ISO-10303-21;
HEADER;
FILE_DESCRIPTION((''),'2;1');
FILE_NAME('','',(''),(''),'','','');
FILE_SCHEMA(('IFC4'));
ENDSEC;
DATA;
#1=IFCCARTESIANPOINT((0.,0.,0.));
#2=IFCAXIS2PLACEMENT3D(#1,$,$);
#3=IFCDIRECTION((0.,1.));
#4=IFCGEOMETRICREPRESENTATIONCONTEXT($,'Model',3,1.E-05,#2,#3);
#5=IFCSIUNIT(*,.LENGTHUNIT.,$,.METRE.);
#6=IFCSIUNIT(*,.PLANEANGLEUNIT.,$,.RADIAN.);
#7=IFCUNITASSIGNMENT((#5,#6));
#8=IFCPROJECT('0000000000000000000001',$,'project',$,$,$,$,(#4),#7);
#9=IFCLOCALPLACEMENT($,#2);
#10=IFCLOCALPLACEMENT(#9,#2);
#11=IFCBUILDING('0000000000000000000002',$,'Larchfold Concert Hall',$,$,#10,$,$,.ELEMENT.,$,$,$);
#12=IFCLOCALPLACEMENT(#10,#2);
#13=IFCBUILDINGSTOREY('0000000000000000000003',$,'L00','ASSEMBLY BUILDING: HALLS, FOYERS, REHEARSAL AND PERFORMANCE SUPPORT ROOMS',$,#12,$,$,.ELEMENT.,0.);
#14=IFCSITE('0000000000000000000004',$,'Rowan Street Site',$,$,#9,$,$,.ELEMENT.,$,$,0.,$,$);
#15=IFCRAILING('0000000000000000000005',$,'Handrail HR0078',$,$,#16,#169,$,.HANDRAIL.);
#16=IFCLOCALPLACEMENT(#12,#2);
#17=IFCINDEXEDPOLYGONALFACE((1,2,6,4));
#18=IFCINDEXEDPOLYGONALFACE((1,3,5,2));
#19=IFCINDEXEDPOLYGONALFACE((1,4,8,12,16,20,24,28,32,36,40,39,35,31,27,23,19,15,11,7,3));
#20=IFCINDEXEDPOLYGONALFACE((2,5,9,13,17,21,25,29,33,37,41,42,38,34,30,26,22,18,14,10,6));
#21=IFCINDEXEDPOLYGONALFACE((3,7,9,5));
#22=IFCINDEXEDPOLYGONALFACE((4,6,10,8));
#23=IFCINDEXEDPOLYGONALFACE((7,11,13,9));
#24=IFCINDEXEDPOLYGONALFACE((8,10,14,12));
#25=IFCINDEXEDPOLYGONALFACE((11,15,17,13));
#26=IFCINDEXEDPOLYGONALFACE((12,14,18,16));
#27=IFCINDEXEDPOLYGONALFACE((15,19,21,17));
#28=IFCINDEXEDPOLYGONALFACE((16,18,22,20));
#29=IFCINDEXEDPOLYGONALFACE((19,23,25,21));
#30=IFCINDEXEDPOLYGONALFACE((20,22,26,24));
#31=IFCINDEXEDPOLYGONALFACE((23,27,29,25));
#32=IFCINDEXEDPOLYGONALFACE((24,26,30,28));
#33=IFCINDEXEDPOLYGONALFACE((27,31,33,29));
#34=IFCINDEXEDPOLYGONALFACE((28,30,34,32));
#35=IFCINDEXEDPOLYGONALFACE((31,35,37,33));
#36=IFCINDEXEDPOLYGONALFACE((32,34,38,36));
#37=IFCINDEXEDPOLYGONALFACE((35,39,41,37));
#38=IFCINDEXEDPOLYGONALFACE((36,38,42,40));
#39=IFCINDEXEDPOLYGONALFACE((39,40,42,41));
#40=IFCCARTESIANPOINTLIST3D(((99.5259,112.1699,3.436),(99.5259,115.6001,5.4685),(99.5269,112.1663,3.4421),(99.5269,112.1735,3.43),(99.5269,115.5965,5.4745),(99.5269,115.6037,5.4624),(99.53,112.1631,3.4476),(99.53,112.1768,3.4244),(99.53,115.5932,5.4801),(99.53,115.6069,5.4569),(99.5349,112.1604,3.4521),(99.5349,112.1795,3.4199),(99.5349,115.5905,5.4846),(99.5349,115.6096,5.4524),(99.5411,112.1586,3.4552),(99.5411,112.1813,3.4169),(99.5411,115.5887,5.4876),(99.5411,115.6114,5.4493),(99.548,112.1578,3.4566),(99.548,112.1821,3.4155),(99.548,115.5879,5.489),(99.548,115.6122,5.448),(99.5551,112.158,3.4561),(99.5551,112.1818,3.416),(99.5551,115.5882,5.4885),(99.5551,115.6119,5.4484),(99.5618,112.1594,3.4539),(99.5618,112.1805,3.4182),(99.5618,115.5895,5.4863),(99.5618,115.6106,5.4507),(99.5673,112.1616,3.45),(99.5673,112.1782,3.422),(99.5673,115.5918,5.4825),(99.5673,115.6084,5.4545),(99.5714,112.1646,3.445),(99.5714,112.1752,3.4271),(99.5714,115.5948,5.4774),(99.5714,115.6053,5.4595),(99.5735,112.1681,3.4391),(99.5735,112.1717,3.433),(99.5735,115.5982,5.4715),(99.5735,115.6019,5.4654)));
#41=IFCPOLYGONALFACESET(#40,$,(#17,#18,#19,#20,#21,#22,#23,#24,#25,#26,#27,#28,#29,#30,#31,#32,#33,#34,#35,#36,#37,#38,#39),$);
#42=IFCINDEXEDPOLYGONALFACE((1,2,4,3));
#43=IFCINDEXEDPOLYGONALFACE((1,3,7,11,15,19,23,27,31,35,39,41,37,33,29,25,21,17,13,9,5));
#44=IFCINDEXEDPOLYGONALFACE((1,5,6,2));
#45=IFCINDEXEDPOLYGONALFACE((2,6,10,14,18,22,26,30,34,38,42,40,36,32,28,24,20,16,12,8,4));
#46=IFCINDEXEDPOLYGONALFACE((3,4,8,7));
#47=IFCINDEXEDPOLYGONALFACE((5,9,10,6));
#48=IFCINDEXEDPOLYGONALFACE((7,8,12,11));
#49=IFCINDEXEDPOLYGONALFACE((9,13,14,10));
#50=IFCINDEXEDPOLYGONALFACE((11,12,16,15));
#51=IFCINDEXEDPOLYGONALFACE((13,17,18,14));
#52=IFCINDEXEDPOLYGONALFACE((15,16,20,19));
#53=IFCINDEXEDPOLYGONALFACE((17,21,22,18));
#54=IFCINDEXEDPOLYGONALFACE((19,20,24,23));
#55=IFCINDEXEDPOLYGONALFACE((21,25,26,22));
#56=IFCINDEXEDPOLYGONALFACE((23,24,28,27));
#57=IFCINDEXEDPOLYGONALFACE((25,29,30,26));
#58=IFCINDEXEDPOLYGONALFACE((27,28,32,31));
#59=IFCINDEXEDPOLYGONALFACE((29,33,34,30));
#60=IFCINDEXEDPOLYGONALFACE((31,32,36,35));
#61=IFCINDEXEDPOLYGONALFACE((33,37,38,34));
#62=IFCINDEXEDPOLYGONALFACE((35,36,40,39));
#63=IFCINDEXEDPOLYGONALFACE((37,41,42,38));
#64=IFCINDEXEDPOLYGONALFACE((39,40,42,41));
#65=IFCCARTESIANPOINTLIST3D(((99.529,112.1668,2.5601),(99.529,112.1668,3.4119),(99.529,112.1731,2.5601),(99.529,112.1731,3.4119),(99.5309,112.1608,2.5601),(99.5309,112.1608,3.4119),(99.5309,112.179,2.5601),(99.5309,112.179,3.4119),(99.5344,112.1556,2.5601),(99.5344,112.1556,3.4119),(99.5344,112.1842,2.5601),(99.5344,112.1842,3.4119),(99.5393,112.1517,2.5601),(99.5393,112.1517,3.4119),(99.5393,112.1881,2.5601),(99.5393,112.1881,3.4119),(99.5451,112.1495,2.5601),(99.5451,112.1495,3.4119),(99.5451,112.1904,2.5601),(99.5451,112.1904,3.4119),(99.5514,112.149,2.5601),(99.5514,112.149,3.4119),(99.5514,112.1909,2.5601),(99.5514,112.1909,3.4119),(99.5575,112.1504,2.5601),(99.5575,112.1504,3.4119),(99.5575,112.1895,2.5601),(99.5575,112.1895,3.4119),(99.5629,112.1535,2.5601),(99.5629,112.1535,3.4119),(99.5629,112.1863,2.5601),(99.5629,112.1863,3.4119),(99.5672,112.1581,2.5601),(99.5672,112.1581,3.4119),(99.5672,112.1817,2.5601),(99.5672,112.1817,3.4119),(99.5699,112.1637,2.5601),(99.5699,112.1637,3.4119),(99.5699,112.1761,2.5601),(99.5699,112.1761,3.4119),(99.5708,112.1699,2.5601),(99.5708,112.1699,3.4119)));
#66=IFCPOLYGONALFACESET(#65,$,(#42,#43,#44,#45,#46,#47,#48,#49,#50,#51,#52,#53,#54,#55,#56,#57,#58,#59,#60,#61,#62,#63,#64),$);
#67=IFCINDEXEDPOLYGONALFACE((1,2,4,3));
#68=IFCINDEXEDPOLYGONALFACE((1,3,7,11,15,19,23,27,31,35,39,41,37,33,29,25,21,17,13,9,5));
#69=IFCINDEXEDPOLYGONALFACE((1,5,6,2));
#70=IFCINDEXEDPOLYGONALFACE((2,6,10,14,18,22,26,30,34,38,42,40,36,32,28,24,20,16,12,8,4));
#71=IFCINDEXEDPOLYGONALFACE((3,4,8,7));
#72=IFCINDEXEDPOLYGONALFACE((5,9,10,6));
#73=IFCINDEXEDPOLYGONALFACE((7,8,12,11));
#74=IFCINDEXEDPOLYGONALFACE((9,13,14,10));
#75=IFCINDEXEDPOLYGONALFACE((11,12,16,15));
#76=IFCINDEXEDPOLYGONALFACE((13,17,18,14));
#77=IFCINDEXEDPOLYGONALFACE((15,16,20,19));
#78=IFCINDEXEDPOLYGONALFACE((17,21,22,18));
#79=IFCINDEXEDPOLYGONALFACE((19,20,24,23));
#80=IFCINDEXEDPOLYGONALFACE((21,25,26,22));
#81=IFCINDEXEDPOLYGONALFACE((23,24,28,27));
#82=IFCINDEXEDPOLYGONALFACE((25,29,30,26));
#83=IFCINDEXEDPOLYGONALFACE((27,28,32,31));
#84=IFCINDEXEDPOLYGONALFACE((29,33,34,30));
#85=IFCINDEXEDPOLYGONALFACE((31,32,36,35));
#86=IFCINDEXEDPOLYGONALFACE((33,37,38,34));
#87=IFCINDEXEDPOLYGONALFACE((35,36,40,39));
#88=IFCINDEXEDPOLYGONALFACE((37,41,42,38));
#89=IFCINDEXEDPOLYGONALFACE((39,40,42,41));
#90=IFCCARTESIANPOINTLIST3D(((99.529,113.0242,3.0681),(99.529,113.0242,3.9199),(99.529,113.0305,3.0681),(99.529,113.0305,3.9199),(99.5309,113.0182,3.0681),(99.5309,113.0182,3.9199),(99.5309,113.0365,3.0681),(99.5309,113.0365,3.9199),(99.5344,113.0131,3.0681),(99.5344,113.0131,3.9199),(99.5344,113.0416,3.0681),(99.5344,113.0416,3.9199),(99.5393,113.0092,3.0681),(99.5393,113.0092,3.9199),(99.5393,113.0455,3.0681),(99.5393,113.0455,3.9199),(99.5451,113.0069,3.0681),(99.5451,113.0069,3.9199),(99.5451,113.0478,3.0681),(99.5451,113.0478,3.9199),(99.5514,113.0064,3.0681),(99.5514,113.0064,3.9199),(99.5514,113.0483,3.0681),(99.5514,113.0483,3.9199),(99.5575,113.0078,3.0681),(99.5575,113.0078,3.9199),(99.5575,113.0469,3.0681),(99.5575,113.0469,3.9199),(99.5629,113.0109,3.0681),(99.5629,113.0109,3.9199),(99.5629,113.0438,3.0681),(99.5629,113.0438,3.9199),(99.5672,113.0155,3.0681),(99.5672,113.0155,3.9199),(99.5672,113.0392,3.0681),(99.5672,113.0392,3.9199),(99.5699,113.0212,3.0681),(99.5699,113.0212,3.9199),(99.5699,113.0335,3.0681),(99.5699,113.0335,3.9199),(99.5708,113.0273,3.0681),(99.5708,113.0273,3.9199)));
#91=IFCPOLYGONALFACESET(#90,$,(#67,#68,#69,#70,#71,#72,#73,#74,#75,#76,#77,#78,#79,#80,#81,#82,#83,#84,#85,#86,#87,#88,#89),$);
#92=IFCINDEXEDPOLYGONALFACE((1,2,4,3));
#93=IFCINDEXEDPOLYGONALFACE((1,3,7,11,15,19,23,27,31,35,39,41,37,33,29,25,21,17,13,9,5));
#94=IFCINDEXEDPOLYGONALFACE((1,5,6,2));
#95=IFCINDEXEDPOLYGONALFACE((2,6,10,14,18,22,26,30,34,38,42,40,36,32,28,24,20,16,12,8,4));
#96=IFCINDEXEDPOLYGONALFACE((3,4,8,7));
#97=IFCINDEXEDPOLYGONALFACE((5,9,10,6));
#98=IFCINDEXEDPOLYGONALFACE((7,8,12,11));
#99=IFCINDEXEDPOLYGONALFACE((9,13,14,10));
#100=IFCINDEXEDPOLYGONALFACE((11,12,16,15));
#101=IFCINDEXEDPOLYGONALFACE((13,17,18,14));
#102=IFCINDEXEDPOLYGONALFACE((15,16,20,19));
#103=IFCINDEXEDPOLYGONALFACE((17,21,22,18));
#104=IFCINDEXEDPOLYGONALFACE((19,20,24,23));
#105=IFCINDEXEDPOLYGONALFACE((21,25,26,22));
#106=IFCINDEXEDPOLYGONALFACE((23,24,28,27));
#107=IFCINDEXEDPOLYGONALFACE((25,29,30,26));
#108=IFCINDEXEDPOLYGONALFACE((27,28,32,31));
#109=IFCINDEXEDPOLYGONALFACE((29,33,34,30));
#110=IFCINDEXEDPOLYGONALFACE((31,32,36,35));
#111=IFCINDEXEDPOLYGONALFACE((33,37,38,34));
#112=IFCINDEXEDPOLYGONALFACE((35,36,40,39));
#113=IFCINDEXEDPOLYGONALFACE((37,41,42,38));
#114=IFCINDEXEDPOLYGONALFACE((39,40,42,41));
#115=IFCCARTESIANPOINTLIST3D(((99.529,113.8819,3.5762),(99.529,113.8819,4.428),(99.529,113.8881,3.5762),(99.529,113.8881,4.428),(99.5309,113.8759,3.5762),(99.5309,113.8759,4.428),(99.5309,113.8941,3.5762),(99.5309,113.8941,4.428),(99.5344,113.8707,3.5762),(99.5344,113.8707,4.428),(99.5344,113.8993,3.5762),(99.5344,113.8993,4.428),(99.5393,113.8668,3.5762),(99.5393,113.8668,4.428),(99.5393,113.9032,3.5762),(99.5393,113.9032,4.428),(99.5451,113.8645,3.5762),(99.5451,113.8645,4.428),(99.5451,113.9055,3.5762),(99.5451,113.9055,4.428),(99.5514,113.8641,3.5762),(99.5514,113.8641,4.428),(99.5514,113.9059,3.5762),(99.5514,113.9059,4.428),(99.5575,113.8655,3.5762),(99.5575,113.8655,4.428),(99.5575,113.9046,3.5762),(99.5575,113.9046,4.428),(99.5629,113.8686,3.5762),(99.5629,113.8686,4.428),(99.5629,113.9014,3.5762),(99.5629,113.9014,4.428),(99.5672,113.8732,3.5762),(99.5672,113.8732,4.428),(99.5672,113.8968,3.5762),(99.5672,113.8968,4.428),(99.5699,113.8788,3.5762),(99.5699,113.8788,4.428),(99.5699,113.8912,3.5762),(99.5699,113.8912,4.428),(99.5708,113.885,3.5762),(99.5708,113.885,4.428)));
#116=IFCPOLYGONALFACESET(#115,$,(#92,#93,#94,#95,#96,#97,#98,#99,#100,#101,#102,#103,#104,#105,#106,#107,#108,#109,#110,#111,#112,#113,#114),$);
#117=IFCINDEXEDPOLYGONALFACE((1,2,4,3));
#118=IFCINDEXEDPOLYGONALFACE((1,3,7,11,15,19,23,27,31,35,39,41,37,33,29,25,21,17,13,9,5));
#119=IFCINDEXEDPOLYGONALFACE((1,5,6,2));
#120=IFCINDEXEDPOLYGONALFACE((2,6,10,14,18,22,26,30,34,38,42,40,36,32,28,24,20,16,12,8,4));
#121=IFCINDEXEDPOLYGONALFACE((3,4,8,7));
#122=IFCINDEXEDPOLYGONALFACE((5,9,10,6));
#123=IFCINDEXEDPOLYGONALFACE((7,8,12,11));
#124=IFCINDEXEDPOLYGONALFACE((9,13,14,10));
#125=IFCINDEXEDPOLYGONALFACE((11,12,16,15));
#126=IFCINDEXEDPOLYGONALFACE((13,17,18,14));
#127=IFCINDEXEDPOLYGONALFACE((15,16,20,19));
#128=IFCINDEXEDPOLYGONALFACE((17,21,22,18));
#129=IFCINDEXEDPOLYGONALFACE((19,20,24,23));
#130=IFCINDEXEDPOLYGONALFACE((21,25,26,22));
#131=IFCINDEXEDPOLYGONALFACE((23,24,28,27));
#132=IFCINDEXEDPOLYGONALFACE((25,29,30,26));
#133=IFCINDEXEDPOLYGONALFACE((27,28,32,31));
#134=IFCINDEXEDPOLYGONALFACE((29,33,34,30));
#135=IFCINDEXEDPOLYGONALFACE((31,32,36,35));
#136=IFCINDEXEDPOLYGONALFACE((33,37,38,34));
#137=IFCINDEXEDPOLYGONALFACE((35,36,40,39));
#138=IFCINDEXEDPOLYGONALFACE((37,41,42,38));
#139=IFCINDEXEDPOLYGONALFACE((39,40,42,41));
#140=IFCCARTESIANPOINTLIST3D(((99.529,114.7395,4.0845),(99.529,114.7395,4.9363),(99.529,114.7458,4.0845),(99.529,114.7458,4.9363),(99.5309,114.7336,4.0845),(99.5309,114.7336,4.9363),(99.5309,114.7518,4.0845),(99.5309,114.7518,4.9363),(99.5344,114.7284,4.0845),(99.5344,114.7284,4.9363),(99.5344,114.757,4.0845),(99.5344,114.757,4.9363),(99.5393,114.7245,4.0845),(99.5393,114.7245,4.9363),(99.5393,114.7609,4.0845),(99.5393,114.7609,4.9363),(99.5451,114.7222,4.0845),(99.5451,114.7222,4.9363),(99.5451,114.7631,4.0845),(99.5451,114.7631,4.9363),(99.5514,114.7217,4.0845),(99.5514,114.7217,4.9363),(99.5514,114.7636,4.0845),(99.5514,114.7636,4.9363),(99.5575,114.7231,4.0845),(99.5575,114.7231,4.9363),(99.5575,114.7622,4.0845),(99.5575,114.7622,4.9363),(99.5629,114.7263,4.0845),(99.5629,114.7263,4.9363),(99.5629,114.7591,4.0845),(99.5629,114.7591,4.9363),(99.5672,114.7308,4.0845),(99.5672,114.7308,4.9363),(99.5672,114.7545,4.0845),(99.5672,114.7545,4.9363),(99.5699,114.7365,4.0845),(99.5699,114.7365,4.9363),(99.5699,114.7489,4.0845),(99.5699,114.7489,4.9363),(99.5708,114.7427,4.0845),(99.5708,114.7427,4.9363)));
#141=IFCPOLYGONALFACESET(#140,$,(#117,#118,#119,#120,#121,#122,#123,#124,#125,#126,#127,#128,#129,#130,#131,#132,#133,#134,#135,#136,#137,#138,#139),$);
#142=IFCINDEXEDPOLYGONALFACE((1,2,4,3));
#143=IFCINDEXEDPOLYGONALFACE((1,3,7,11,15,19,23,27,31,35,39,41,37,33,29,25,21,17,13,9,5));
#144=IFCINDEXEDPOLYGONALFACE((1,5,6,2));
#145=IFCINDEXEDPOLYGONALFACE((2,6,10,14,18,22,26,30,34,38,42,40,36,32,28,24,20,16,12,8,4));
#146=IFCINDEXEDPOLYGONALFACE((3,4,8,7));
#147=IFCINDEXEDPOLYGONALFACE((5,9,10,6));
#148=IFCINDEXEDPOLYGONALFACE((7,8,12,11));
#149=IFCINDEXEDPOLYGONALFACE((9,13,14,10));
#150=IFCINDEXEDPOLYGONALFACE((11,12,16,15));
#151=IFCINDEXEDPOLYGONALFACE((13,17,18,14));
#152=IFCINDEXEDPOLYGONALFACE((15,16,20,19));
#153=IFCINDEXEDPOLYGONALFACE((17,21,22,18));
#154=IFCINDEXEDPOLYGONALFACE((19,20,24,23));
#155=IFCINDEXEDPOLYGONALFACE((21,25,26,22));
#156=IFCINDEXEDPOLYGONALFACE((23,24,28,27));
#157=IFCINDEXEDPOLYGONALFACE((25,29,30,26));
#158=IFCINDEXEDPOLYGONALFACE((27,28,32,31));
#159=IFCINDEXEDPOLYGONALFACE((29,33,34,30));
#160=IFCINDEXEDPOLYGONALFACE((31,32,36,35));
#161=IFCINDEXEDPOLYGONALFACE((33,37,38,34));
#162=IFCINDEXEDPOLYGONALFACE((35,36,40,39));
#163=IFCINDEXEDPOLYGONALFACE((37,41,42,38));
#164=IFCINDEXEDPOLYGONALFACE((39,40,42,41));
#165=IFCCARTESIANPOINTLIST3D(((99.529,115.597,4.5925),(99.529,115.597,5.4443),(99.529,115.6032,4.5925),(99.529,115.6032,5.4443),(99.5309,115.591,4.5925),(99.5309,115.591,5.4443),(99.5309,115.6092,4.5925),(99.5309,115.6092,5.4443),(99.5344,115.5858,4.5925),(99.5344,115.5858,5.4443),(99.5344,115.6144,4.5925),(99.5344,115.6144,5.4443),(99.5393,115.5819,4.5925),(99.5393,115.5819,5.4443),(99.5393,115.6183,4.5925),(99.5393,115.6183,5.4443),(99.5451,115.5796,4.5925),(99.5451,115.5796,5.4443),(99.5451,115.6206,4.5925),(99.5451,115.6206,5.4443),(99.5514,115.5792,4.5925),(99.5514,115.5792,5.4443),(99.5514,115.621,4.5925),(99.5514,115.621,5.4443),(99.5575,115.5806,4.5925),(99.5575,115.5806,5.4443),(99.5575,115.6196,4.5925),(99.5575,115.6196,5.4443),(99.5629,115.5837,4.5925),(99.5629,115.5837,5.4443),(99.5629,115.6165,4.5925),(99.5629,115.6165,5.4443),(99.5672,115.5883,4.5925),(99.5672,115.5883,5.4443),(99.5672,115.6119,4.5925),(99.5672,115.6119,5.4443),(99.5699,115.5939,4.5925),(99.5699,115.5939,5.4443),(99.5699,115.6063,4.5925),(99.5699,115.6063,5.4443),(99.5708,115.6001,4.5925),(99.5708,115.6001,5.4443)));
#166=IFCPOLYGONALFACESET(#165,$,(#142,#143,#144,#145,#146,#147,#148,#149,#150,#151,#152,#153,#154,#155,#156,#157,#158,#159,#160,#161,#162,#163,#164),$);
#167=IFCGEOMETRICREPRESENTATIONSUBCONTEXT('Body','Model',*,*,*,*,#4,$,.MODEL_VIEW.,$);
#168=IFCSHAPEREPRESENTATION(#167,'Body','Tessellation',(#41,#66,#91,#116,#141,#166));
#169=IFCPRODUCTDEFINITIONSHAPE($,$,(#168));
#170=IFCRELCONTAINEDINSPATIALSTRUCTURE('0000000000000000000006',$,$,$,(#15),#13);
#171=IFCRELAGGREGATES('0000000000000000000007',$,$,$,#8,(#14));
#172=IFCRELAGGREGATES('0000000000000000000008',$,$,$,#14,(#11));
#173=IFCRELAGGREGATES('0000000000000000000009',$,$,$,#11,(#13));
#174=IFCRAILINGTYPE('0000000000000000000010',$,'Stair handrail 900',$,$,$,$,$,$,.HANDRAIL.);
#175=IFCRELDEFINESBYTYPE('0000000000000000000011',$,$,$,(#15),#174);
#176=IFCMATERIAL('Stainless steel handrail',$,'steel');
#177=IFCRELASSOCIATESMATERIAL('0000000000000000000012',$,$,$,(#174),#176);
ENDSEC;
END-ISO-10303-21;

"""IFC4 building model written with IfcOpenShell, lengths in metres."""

from ifc_helpers import new_model, si_unit, direction, frame, origin, origin_2d, place, context, subcontext, project, spatial, circle, extrude, material, type_object, element, save


model = new_model("IFC4")

# Units and contexts
model_context = context("Model", 3, precision=1e-05, world=origin(), true_north=direction((0.0, 1.0)))
body_context = subcontext(model_context, "Body", "Model", "MODEL_VIEW")
ifc_project = project(units=[si_unit("LENGTHUNIT", "METRE"), si_unit("PLANEANGLEUNIT", "RADIAN")], contexts=[model_context])

# Site, building, storey
site_placement = place(None, origin())
site = spatial("IfcSite", under=ifc_project, at=site_placement, Name="Rowan Street Site", CompositionType="ELEMENT", RefElevation=0.0)
building_placement = place(site_placement, origin())
building = spatial("IfcBuilding", under=site, at=building_placement, Name="Larchfold Concert Hall", CompositionType="ELEMENT")
storey_placement = place(building_placement, origin())
storey = spatial("IfcBuildingStorey", under=building, at=storey_placement, Name="L00", Description="ASSEMBLY BUILDING: HALLS, FOYERS, REHEARSAL AND PERFORMANCE SUPPORT ROOMS", CompositionType="ELEMENT", Elevation=0.0)

# Railing
ifc_material_1 = material(Name="Stainless steel handrail", Category="steel")
railing_type_1 = type_object("IfcRailingType", Name="Stair handrail 900", PredefinedType="HANDRAIL", material=ifc_material_1)
railing_1_placement = place(storey_placement, frame((99.5498, 112.1699, 2.5601)))
element("IfcRailing", 1, at=railing_1_placement, inside=storey, type_object=railing_type_1, Name="Handrail HR0078", PredefinedType="HANDRAIL", context=body_context, shape_type="SweptSolid", body=[
    extrude(circle(Radius=0.0239, at=origin_2d()), frame((0.0, 0.0, 0.876), z_axis=(0.0, 0.860316, 0.50976), x_axis=(-1.0, 0.0, 0.0)), (0.0, 0.0, 1.0), 3.9871),
    extrude(circle(Radius=0.021, at=origin_2d()), origin(), (0.0, 0.0, 1.0), 0.8518),
    extrude(circle(Radius=0.021, at=origin_2d()), frame((0.0, 0.8574, 0.5081)), (0.0, 0.0, 1.0), 0.8518),
    extrude(circle(Radius=0.021, at=origin_2d()), frame((0.0, 1.7151, 1.0161)), (0.0, 0.0, 1.0), 0.8518),
    extrude(circle(Radius=0.021, at=origin_2d()), frame((0.0, 2.5728, 1.5244)), (0.0, 0.0, 1.0), 0.8518),
    extrude(circle(Radius=0.021, at=origin_2d()), frame((0.0, 3.4302, 2.0325)), (0.0, 0.0, 1.0), 0.8518),
])

save(model, "model.ifc")
